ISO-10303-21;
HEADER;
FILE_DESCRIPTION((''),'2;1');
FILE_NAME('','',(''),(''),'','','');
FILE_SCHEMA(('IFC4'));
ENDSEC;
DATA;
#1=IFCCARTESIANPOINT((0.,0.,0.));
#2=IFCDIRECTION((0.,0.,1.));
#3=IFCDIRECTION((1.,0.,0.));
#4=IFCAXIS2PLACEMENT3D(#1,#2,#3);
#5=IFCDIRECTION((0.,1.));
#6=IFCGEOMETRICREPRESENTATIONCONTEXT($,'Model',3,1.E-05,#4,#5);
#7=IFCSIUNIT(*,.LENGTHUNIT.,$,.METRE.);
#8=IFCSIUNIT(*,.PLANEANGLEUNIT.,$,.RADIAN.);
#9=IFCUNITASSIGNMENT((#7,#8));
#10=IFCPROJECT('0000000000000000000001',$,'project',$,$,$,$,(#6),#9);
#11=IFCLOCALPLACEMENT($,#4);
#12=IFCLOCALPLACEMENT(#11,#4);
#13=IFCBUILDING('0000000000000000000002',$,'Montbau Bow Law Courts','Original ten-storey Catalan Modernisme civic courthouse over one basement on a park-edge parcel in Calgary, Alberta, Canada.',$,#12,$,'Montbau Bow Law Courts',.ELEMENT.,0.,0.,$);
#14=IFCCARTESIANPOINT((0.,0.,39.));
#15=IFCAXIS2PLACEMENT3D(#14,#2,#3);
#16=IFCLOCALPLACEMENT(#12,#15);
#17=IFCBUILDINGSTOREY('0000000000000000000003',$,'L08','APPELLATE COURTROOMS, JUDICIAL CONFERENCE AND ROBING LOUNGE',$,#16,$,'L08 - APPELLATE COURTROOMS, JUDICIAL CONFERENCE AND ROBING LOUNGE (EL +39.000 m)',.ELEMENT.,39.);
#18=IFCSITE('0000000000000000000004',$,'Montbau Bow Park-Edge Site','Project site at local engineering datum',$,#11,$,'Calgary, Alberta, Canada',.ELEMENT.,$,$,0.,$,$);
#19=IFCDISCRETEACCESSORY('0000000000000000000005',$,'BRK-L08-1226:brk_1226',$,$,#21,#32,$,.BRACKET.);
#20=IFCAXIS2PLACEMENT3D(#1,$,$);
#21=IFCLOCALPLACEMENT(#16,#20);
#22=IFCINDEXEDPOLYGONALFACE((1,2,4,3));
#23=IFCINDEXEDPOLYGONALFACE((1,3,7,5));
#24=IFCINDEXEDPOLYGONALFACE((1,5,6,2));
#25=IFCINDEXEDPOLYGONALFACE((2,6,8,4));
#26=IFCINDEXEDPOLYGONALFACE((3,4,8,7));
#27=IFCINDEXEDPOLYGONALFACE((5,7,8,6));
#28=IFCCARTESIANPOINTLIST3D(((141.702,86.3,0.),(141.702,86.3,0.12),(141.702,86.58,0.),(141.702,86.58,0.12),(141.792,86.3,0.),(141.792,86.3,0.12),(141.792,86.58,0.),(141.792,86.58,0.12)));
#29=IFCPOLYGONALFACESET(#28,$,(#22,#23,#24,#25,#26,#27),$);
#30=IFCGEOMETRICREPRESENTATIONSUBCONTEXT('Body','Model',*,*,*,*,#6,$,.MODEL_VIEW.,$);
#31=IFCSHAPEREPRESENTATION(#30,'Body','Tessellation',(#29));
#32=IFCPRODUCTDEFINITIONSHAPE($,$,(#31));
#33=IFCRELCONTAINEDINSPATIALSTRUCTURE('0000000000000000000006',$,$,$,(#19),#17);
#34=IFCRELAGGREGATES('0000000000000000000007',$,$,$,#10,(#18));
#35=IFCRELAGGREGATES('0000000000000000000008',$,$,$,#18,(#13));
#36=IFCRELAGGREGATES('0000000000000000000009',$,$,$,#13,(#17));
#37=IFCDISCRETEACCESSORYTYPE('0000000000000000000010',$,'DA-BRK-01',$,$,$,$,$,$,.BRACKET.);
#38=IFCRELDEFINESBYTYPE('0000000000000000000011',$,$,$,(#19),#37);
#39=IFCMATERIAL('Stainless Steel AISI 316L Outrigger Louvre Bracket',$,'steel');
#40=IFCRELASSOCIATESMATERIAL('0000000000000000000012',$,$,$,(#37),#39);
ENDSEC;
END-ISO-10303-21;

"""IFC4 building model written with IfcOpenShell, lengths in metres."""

from ifc_helpers import new_model, si_unit, direction, frame, origin_with_axes, origin_2d_with_axis, place, context, subcontext, project, spatial, rectangle, extrude, material, type_object, element, save


model = new_model("IFC4")

# Units and contexts
model_context = context("Model", 3, precision=1e-05, world=origin_with_axes(), true_north=direction((0.0, 1.0)))
body_context = subcontext(model_context, "Body", "Model", "MODEL_VIEW")
ifc_project = project(units=[si_unit("LENGTHUNIT", "METRE"), si_unit("PLANEANGLEUNIT", "RADIAN")], contexts=[model_context])

# Site, building, storey
site_placement = place(None, origin_with_axes())
site = spatial("IfcSite", under=ifc_project, at=site_placement, Name="Montbau Bow Park-Edge Site", Description="Project site at local engineering datum", LongName="Calgary, Alberta, Canada", CompositionType="ELEMENT", RefElevation=0.0)
building_placement = place(site_placement, origin_with_axes())
building = spatial("IfcBuilding", under=site, at=building_placement, Name="Montbau Bow Law Courts", Description="Original ten-storey Catalan Modernisme civic courthouse over one basement on a park-edge parcel in Calgary, Alberta, Canada.", LongName="Montbau Bow Law Courts", CompositionType="ELEMENT", ElevationOfRefHeight=0.0, ElevationOfTerrain=0.0)
storey_placement = place(building_placement, frame((0.0, 0.0, 39.0), z_axis=(0.0, 0.0, 1.0), x_axis=(1.0, 0.0, 0.0)))
storey = spatial("IfcBuildingStorey", under=building, at=storey_placement, Name="L08", Description="APPELLATE COURTROOMS, JUDICIAL CONFERENCE AND ROBING LOUNGE", LongName="L08 - APPELLATE COURTROOMS, JUDICIAL CONFERENCE AND ROBING LOUNGE (EL +39.000 m)", CompositionType="ELEMENT", Elevation=39.0)

# Discrete accessory
ifc_material_1 = material(Name="Stainless Steel AISI 316L Outrigger Louvre Bracket", Category="steel")
discrete_accessory_type = type_object("IfcDiscreteAccessoryType", Name="DA-BRK-01", PredefinedType="BRACKET", material=ifc_material_1)
for number, where, z_axis, x_axis, name in (
    (1, (141.747, 86.44, 39.0), (0.0, 0.0, 1.0), (0.0, -1.0, 0.0), "BRK-L08-1226:brk_1226"),
):
    element("IfcDiscreteAccessory", number, at=place(None, frame(where, z_axis=z_axis, x_axis=x_axis)), inside=storey, type_object=discrete_accessory_type, Name=name, PredefinedType="BRACKET", context=body_context, shape_type="SweptSolid", body=[
        extrude(rectangle(XDim=0.28, YDim=0.09, at=origin_2d_with_axis()), origin_with_axes(), (0.0, 0.0, 1.0), 0.12),
    ])

save(model, "model.ifc")
